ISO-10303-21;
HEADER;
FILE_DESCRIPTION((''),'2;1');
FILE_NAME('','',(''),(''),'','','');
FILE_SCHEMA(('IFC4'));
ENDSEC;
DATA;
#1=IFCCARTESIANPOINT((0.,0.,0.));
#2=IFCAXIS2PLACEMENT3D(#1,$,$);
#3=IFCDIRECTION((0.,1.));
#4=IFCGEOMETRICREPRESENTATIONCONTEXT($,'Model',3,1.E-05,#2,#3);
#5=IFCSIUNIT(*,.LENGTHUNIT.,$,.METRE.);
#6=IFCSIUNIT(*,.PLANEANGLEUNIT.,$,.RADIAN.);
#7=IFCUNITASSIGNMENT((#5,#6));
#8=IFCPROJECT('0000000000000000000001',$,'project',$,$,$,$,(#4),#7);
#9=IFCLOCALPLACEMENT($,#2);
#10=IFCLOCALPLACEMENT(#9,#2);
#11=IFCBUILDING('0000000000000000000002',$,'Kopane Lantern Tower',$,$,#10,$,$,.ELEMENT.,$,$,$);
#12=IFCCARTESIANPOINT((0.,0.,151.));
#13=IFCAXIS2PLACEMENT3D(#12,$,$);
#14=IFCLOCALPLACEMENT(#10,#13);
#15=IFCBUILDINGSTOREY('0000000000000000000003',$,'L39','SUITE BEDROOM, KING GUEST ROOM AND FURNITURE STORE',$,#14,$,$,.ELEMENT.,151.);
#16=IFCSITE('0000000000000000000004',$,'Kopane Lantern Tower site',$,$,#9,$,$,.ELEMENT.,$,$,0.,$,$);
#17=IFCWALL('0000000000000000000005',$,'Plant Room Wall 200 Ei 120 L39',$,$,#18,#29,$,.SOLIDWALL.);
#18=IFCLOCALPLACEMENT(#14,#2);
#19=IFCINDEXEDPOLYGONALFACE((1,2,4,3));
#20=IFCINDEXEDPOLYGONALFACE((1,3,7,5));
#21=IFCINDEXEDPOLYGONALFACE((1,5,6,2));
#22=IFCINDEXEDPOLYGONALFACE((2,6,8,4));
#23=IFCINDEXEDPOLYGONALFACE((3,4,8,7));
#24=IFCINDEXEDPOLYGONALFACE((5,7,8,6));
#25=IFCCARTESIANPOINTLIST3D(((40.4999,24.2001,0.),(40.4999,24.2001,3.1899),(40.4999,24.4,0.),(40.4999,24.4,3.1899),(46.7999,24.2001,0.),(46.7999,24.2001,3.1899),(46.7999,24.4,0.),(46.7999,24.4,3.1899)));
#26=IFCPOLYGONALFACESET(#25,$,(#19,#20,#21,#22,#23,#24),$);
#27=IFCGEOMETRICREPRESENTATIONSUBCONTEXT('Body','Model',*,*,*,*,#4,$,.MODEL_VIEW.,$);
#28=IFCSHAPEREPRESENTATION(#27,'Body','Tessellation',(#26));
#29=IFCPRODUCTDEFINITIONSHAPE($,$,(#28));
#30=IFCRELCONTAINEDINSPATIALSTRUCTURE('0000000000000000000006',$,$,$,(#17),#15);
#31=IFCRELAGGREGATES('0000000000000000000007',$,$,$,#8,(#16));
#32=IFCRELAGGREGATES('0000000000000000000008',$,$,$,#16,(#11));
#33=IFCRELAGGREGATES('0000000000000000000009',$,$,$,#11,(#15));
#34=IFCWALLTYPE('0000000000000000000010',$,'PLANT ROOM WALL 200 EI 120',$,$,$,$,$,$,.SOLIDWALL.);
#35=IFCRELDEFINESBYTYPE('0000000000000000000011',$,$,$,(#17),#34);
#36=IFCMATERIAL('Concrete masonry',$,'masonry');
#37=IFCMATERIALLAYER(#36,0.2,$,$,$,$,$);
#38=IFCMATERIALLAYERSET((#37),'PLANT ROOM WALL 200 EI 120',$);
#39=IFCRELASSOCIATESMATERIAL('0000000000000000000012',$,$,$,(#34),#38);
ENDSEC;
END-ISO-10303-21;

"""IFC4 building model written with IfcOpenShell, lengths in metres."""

from ifc_helpers import new_model, si_unit, direction, frame, frame_2d, origin, place, context, subcontext, project, spatial, rectangle, extrude, material, layer, layer_set, type_object, element, save


model = new_model("IFC4")

# Units and contexts
model_context = context("Model", 3, precision=1e-05, world=origin(), true_north=direction((0.0, 1.0)))
body_context = subcontext(model_context, "Body", "Model", "MODEL_VIEW")
ifc_project = project(units=[si_unit("LENGTHUNIT", "METRE"), si_unit("PLANEANGLEUNIT", "RADIAN")], contexts=[model_context])

# Site, building, storey
site_placement = place(None, origin())
site = spatial("IfcSite", under=ifc_project, at=site_placement, Name="Kopane Lantern Tower site", CompositionType="ELEMENT", RefElevation=0.0)
building_placement = place(site_placement, origin())
building = spatial("IfcBuilding", under=site, at=building_placement, Name="Kopane Lantern Tower", CompositionType="ELEMENT")
storey_placement = place(building_placement, frame((0.0, 0.0, 151.0)))
storey = spatial("IfcBuildingStorey", under=building, at=storey_placement, Name="L39", Description="SUITE BEDROOM, KING GUEST ROOM AND FURNITURE STORE", CompositionType="ELEMENT", Elevation=151.0)

# Wall
ifc_material_1 = material(Name="Concrete masonry", Category="masonry")
ifc_layer_1 = layer(ifc_material_1, 0.2)
ifc_layer_set_1 = layer_set([ifc_layer_1], Name="PLANT ROOM WALL 200 EI 120")
wall_type_1 = type_object("IfcWallType", Name="PLANT ROOM WALL 200 EI 120", PredefinedType="SOLIDWALL", material=ifc_layer_set_1)
wall_1_placement = place(storey_placement, frame((40.5, 24.3, 0.0), z_axis=(0.0, 0.0, 1.0), x_axis=(1.0, 0.0, 0.0)))
element("IfcWall", 1, at=wall_1_placement, inside=storey, type_object=wall_type_1, Name="Plant Room Wall 200 Ei 120 L39", PredefinedType="SOLIDWALL", context=body_context, shape_type="SweptSolid", body=[
    extrude(rectangle(XDim=6.3, YDim=0.2, at=frame_2d((3.1499, 0.0))), origin(), (0.0, 0.0, 1.0), 3.1899),
])

save(model, "model.ifc")
